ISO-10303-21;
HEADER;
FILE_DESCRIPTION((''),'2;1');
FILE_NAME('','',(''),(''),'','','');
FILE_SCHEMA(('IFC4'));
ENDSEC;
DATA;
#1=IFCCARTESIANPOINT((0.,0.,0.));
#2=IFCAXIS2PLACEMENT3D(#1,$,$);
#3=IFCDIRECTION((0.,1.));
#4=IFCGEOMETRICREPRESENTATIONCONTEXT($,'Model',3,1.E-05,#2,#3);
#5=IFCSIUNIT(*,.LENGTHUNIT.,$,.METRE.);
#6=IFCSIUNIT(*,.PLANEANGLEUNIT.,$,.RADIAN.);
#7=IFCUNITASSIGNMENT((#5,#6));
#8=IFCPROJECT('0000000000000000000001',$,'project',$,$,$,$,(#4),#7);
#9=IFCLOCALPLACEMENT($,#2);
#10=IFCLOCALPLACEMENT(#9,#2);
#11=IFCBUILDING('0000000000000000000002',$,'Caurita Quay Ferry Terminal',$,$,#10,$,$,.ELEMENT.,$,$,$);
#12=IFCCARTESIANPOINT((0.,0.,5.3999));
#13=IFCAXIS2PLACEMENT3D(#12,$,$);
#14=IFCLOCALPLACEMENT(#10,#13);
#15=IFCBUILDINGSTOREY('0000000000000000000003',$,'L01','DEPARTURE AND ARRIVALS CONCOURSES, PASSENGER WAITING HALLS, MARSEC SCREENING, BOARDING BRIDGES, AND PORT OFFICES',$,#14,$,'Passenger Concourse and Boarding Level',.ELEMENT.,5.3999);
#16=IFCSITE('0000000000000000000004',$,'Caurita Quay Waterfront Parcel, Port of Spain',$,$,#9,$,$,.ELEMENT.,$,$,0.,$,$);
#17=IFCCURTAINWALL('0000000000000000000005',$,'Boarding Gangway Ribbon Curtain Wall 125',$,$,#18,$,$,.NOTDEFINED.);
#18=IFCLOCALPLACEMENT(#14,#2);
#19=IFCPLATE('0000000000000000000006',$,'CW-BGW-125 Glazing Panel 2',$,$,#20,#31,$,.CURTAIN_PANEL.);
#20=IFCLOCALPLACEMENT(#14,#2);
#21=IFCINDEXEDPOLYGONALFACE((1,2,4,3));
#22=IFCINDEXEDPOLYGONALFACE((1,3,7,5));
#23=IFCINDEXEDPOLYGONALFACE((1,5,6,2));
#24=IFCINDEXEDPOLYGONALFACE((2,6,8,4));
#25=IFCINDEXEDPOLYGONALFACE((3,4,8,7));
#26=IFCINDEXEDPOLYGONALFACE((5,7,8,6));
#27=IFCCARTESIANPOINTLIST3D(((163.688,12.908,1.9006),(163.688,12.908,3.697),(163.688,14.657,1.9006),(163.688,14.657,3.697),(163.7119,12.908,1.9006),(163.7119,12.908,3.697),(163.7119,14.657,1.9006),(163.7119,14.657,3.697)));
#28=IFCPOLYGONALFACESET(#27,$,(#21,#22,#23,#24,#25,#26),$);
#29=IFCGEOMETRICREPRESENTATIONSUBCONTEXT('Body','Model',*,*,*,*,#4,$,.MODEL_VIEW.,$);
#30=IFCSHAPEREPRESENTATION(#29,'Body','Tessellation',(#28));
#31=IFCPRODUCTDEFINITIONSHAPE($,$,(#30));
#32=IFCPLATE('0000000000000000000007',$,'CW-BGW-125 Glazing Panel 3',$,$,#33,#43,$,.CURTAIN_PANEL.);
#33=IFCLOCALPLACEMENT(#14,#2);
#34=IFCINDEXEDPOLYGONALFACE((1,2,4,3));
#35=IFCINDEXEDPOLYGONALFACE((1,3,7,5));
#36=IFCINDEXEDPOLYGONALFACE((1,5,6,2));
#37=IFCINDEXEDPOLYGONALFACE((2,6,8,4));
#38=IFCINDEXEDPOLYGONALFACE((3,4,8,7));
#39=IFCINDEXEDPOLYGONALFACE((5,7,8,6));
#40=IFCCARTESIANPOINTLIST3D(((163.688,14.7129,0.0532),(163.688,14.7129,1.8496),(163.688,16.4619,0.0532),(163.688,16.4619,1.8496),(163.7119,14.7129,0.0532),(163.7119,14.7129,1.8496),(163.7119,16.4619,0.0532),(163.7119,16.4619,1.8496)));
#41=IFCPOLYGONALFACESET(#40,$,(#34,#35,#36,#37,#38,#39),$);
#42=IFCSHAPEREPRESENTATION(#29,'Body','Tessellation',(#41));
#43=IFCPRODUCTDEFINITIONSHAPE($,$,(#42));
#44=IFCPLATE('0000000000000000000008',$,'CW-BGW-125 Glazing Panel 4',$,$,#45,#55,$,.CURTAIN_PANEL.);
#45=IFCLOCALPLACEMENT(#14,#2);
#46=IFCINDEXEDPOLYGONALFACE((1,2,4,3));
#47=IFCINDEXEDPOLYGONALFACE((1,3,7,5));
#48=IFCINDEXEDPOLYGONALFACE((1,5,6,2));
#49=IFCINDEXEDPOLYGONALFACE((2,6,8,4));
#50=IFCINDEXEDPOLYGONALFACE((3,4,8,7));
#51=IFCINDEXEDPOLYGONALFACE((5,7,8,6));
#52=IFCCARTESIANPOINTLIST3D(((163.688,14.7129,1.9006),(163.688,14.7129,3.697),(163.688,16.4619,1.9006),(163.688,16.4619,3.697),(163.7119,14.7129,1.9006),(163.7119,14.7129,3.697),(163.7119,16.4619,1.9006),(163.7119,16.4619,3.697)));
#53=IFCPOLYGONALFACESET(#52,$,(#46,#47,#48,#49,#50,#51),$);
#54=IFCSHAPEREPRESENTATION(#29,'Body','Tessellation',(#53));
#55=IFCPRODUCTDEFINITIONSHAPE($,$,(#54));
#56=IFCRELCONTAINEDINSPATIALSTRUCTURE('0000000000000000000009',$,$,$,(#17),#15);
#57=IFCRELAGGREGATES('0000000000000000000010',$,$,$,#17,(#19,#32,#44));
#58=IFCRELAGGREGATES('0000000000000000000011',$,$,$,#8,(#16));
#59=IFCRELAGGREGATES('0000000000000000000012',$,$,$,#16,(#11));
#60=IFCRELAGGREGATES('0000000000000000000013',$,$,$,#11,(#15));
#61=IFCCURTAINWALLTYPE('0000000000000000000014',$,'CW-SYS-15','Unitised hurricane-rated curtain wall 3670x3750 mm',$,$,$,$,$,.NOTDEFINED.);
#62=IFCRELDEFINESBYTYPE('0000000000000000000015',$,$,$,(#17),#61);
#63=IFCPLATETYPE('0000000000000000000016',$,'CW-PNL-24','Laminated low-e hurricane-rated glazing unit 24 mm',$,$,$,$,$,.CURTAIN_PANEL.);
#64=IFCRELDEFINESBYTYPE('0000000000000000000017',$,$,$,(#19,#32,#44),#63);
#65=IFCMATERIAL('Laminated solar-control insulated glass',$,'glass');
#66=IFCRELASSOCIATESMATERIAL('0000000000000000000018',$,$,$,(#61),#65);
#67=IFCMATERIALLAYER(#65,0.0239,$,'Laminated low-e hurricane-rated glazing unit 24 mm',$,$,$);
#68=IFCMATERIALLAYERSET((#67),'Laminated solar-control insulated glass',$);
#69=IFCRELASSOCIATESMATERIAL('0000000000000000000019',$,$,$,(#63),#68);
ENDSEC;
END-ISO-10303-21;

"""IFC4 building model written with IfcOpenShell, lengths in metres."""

from ifc_helpers import new_model, si_unit, direction, frame, origin, origin_2d, place, context, subcontext, project, spatial, rectangle, extrude, material, layer, layer_set, type_object, element, aggregate, save


model = new_model("IFC4")

# Units and contexts
model_context = context("Model", 3, precision=1e-05, world=origin(), true_north=direction((0.0, 1.0)))
body_context = subcontext(model_context, "Body", "Model", "MODEL_VIEW")
ifc_project = project(units=[si_unit("LENGTHUNIT", "METRE"), si_unit("PLANEANGLEUNIT", "RADIAN")], contexts=[model_context])

# Site, building, storey
site_placement = place(None, origin())
site = spatial("IfcSite", under=ifc_project, at=site_placement, Name="Caurita Quay Waterfront Parcel, Port of Spain", CompositionType="ELEMENT", RefElevation=0.0)
building_placement = place(site_placement, origin())
building = spatial("IfcBuilding", under=site, at=building_placement, Name="Caurita Quay Ferry Terminal", CompositionType="ELEMENT")
storey_placement = place(building_placement, frame((0.0, 0.0, 5.3999)))
storey = spatial("IfcBuildingStorey", under=building, at=storey_placement, Name="L01", Description="DEPARTURE AND ARRIVALS CONCOURSES, PASSENGER WAITING HALLS, MARSEC SCREENING, BOARDING BRIDGES, AND PORT OFFICES", LongName="Passenger Concourse and Boarding Level", CompositionType="ELEMENT", Elevation=5.3999)

# Curtain wall
ifc_material_1 = material(Name="Laminated solar-control insulated glass", Category="glass")
curtain_wall_type = type_object("IfcCurtainWallType", Name="CW-SYS-15", Description="Unitised hurricane-rated curtain wall 3670x3750 mm", PredefinedType="NOTDEFINED", material=ifc_material_1)
curtain_wall_1_placement = place(storey_placement, origin())
curtain_wall_1 = element("IfcCurtainWall", 1, at=curtain_wall_1_placement, inside=storey, type_object=curtain_wall_type, Name="Boarding Gangway Ribbon Curtain Wall 125", PredefinedType="NOTDEFINED")

# Plates
ifc_layer = layer(ifc_material_1, 0.0239, Name="Laminated low-e hurricane-rated glazing unit 24 mm")
ifc_layer_set = layer_set([ifc_layer], Name="Laminated solar-control insulated glass")
plate_type = type_object("IfcPlateType", Name="CW-PNL-24", Description="Laminated low-e hurricane-rated glazing unit 24 mm", PredefinedType="CURTAIN_PANEL", material=ifc_layer_set)
plate_1_placement = place(storey_placement, frame((163.7, 13.7825, 1.9006), z_axis=(0.0, 0.0, 1.0), x_axis=(0.0, 1.0, 0.0)))
plate_1 = element("IfcPlate", 2, at=plate_1_placement, type_object=plate_type, Name="CW-BGW-125 Glazing Panel 2", PredefinedType="CURTAIN_PANEL", context=body_context, shape_type="SweptSolid", body=[
    extrude(rectangle(XDim=1.749, YDim=0.0239, at=origin_2d()), origin(), (0.0, 0.0, 1.0), 1.7964),
])
plate_2_placement = place(storey_placement, frame((163.7, 15.5874, 0.0532), z_axis=(0.0, 0.0, 1.0), x_axis=(0.0, 1.0, 0.0)))
plate_2 = element("IfcPlate", 3, at=plate_2_placement, type_object=plate_type, Name="CW-BGW-125 Glazing Panel 3", PredefinedType="CURTAIN_PANEL", context=body_context, shape_type="SweptSolid", body=[
    extrude(rectangle(XDim=1.749, YDim=0.0239, at=origin_2d()), origin(), (0.0, 0.0, 1.0), 1.7964),
])
plate_3_placement = place(storey_placement, frame((163.7, 15.5874, 1.9006), z_axis=(0.0, 0.0, 1.0), x_axis=(0.0, 1.0, 0.0)))
plate_3 = element("IfcPlate", 4, at=plate_3_placement, type_object=plate_type, Name="CW-BGW-125 Glazing Panel 4", PredefinedType="CURTAIN_PANEL", context=body_context, shape_type="SweptSolid", body=[
    extrude(rectangle(XDim=1.749, YDim=0.0239, at=origin_2d()), origin(), (0.0, 0.0, 1.0), 1.7964),
])
aggregate(curtain_wall_1, [plate_1, plate_2, plate_3])

save(model, "model.ifc")
